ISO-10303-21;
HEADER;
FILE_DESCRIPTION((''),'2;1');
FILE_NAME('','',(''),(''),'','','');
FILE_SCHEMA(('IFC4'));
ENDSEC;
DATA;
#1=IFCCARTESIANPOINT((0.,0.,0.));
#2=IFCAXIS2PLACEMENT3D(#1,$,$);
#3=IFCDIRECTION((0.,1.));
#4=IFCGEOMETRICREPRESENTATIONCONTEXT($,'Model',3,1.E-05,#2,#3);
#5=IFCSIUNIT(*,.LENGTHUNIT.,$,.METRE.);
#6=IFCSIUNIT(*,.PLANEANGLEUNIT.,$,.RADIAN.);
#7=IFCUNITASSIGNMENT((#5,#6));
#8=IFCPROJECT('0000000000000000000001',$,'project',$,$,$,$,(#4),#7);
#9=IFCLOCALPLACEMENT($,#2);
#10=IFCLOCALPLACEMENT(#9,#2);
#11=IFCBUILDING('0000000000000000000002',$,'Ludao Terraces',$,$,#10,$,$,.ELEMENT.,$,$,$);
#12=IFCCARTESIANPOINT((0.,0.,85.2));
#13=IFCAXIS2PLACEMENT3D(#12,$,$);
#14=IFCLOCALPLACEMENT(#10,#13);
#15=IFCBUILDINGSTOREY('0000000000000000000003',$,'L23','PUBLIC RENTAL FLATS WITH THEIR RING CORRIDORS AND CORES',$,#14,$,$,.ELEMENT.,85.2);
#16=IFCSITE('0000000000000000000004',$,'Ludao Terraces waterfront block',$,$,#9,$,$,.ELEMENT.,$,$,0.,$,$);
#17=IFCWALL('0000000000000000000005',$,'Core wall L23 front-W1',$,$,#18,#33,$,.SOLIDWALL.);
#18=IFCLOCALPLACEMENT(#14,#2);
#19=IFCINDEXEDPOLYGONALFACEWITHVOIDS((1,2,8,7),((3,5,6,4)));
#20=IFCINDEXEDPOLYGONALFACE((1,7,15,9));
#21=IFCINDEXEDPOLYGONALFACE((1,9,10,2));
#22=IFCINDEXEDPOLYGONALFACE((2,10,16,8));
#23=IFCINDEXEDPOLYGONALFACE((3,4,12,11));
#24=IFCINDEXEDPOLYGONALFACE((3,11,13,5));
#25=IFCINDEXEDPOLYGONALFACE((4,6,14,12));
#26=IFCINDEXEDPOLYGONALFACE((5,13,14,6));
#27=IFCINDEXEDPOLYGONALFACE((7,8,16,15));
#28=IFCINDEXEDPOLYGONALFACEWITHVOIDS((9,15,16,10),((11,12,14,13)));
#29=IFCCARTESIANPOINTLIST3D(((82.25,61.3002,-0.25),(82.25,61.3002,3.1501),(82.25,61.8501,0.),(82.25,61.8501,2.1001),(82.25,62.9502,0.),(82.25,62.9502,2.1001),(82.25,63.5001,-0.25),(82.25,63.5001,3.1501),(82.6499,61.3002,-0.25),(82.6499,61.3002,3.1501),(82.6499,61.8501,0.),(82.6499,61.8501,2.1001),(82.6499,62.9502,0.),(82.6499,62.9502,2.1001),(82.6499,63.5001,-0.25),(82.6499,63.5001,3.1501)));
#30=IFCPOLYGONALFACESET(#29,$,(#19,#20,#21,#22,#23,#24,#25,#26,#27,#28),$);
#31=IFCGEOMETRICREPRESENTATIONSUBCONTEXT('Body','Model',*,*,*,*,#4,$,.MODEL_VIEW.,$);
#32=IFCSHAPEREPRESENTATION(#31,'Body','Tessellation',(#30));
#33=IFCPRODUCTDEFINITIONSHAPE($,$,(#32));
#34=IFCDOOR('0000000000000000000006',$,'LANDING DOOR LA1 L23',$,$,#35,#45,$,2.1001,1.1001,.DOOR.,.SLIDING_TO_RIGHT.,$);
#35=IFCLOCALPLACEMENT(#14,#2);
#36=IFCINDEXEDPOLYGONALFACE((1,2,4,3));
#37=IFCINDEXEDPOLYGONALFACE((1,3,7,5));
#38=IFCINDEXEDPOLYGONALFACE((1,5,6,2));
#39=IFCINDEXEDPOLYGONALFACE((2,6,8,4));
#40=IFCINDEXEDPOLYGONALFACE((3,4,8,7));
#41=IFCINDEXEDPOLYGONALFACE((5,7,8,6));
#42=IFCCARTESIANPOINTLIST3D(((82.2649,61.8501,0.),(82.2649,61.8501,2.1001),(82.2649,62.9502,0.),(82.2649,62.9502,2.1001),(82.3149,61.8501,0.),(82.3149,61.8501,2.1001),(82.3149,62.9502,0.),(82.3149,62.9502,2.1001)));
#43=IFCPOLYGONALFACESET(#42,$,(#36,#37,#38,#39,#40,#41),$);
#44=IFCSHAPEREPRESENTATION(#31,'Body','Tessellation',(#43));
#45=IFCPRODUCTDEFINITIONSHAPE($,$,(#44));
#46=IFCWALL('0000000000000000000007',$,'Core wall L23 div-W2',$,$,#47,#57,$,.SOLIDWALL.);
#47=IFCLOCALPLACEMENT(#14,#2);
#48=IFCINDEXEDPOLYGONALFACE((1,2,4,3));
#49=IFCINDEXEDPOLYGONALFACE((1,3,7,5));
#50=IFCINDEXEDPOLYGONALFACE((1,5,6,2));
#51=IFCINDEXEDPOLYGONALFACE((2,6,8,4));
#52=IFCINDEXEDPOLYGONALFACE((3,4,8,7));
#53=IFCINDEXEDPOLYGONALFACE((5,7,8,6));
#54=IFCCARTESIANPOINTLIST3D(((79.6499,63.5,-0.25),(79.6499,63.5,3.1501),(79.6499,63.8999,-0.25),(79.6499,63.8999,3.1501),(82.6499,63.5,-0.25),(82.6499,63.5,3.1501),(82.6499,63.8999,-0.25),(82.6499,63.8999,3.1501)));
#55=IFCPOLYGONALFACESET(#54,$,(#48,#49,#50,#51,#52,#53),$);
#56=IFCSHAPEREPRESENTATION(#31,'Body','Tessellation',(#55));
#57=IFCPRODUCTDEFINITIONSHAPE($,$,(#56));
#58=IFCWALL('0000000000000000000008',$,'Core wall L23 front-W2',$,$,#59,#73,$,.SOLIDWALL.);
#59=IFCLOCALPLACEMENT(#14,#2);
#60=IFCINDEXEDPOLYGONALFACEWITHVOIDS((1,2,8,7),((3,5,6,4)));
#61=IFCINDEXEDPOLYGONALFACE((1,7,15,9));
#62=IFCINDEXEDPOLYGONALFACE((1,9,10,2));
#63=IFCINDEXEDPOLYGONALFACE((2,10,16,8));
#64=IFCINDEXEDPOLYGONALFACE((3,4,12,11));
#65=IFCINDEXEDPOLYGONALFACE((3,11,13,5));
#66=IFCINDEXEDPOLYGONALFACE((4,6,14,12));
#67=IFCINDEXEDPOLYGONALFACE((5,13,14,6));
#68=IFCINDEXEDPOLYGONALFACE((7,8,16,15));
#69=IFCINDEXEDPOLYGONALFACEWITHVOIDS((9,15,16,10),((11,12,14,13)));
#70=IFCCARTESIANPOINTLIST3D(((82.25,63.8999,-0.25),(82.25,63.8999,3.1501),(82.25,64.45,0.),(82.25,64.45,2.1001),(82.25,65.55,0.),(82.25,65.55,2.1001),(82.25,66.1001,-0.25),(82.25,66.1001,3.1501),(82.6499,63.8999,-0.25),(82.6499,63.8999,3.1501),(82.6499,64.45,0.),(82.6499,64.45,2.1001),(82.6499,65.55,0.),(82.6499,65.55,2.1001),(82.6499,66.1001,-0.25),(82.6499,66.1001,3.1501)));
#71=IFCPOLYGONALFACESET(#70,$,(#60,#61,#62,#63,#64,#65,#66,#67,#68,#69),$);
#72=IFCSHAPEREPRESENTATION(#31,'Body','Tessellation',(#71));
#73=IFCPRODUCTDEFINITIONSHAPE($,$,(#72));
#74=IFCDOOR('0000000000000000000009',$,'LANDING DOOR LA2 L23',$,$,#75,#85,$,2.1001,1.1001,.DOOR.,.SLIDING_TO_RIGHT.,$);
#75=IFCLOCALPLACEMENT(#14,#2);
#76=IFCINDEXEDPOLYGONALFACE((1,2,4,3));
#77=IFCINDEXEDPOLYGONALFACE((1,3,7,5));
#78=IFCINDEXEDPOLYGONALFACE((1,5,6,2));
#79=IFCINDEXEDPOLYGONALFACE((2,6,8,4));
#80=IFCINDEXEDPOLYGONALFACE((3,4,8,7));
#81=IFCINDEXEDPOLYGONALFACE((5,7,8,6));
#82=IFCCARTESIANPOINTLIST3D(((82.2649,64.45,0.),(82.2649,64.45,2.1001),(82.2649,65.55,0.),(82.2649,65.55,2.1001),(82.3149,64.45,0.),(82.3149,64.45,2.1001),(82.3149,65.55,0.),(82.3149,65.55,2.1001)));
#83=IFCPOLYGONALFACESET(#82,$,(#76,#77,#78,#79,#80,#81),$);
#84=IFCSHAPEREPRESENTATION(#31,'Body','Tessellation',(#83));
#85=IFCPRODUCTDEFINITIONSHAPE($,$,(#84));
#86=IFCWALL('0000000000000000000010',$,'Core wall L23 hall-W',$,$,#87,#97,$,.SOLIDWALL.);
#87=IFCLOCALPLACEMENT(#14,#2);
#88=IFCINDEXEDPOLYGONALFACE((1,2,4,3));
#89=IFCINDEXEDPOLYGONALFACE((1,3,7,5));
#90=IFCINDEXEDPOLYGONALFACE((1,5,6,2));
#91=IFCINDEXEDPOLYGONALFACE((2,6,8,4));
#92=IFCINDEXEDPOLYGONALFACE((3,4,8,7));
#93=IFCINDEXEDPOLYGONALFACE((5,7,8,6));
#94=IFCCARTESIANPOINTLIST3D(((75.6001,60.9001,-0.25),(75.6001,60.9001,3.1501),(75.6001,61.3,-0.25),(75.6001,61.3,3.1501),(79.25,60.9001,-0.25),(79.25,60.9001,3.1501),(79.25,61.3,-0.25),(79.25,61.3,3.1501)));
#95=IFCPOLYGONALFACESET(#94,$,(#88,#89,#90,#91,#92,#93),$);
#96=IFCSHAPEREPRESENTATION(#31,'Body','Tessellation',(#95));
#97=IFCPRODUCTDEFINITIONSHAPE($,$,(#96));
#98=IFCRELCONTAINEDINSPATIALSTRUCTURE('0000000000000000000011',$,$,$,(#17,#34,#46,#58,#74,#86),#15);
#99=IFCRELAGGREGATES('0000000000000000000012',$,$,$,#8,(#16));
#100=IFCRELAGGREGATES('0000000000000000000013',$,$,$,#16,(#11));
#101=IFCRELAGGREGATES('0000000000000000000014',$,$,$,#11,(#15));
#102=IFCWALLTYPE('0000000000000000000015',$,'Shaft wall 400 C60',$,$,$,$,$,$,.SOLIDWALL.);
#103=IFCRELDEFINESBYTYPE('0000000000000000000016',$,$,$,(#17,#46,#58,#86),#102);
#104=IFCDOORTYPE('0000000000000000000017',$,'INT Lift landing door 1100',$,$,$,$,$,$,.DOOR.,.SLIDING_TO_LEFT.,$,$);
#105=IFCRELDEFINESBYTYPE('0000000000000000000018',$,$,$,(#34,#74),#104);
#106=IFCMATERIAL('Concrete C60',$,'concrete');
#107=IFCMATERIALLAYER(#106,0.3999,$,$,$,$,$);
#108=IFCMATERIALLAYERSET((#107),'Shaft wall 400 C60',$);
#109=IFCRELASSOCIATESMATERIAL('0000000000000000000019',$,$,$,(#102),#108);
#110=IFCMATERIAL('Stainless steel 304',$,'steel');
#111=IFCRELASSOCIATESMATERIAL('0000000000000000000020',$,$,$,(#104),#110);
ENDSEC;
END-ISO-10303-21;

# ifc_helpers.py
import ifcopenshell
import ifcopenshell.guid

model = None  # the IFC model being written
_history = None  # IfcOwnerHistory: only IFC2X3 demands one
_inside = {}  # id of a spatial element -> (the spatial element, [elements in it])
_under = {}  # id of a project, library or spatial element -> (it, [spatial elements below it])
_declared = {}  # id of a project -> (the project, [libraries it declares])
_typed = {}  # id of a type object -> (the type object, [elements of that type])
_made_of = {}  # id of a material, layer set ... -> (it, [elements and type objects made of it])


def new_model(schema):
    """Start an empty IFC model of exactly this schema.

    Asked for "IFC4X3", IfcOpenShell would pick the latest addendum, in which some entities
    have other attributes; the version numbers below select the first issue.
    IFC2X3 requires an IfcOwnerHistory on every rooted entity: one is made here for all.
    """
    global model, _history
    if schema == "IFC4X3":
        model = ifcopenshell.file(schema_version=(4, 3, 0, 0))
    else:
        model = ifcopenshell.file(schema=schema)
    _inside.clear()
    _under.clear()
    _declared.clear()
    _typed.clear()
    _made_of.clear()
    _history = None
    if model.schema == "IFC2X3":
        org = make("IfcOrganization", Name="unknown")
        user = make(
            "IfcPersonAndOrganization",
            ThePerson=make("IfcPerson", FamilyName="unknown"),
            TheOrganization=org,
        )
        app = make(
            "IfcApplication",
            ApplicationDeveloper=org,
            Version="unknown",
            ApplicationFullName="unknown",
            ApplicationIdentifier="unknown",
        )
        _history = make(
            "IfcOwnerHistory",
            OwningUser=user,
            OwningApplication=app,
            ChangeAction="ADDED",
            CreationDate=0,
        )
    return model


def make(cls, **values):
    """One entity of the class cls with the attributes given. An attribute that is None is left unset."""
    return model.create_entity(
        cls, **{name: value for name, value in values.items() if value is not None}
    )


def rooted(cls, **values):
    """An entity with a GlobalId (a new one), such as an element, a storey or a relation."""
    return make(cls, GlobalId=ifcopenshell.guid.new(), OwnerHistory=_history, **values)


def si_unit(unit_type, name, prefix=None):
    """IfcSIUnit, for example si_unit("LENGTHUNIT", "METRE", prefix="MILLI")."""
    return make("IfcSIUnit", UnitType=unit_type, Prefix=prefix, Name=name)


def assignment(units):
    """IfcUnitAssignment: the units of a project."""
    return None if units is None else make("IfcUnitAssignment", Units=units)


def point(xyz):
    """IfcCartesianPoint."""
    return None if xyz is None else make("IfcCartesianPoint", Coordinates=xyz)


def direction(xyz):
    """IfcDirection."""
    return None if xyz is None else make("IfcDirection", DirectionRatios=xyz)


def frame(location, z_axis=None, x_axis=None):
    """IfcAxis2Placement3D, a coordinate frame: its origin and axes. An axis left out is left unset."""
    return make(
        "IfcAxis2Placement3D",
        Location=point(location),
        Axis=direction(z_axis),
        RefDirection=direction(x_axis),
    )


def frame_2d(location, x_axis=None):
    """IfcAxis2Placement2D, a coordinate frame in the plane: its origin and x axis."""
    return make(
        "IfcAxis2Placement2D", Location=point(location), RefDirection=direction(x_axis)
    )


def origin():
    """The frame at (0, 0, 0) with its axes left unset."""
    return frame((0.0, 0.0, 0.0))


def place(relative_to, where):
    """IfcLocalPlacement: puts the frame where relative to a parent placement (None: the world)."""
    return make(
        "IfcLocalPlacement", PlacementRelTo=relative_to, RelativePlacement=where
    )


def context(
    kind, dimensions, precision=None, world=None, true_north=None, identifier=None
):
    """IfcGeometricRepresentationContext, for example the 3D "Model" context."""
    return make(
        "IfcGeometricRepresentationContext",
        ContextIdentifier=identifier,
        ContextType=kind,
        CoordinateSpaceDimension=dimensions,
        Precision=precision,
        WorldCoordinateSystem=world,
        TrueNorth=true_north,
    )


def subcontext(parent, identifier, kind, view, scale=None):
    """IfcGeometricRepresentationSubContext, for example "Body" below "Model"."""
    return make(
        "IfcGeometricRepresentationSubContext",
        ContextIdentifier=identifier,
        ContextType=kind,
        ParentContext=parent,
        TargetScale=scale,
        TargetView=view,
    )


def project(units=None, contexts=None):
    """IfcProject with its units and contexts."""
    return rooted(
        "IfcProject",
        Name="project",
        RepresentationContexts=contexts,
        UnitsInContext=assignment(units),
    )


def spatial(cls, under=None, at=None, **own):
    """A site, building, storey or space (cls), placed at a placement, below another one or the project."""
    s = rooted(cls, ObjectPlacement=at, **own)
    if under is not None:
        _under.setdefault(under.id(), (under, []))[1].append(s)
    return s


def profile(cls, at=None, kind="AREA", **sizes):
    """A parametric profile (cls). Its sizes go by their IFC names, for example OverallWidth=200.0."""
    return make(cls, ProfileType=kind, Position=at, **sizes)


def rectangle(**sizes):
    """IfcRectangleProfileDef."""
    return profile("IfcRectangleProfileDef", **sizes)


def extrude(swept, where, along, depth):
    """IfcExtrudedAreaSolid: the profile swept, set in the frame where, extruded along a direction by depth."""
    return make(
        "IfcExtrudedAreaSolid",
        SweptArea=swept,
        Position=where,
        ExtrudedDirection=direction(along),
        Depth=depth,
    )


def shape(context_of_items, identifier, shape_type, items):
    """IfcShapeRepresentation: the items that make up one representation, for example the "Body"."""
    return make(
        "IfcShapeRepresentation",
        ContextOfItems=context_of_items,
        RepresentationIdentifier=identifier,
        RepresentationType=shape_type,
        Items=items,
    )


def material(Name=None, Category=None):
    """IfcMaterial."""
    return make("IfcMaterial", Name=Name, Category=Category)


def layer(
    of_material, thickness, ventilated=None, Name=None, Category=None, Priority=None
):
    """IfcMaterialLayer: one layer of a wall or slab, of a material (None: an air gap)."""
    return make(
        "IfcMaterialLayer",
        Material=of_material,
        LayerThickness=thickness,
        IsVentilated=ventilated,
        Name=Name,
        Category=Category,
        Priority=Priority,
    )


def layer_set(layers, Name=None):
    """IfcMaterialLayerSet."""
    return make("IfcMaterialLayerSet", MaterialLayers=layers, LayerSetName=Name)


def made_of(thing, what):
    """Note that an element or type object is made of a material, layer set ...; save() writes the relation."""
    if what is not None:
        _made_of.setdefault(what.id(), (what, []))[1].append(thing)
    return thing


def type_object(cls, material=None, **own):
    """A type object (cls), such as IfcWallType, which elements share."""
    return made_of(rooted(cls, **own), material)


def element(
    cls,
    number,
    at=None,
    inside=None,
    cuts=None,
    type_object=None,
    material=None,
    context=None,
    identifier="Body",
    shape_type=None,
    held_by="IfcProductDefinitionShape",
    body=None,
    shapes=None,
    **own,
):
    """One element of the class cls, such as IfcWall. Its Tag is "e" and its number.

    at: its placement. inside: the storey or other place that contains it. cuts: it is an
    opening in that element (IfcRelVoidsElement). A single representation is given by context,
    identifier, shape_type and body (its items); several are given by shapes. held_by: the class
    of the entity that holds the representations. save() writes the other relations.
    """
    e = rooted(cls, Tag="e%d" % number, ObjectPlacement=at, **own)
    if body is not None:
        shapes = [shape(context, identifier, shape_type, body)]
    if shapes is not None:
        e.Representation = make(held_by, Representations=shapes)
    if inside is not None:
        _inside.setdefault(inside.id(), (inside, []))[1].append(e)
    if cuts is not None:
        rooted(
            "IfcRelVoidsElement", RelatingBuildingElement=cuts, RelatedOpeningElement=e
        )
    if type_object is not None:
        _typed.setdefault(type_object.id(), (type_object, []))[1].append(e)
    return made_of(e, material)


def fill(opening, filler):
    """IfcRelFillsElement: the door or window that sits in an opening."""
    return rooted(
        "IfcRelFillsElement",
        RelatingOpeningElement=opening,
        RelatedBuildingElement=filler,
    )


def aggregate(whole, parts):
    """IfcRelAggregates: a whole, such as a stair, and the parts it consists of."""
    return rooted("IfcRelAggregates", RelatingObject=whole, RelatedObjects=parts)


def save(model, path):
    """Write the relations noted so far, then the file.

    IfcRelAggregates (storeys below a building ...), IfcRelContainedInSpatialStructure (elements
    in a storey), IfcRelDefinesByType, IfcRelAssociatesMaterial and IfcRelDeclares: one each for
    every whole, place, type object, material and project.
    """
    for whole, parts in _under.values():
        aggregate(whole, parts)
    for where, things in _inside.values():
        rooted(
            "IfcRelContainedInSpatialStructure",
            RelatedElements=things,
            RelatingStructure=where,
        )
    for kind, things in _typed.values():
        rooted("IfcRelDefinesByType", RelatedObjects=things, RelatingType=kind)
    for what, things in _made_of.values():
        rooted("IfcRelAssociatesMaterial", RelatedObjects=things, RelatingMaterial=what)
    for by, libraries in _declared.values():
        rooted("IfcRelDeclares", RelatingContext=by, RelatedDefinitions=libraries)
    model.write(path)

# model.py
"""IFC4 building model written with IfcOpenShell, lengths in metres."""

from ifc_helpers import new_model, si_unit, direction, frame, frame_2d, origin, place, context, subcontext, project, spatial, rectangle, extrude, material, layer, layer_set, type_object, element, fill, save


model = new_model("IFC4")

# Units and contexts
model_context = context("Model", 3, precision=1e-05, world=origin(), true_north=direction((0.0, 1.0)))
body_context = subcontext(model_context, "Body", "Model", "MODEL_VIEW")
ifc_project = project(units=[si_unit("LENGTHUNIT", "METRE"), si_unit("PLANEANGLEUNIT", "RADIAN")], contexts=[model_context])

# Site, building, storey
site_placement = place(None, origin())
site = spatial("IfcSite", under=ifc_project, at=site_placement, Name="Ludao Terraces waterfront block", CompositionType="ELEMENT", RefElevation=0.0)
building_placement = place(site_placement, origin())
building = spatial("IfcBuilding", under=site, at=building_placement, Name="Ludao Terraces", CompositionType="ELEMENT")
storey_placement = place(building_placement, frame((0.0, 0.0, 85.2)))
storey = spatial("IfcBuildingStorey", under=building, at=storey_placement, Name="L23", Description="PUBLIC RENTAL FLATS WITH THEIR RING CORRIDORS AND CORES", CompositionType="ELEMENT", Elevation=85.2)

# Shared definitions
ifc_material_1 = material(Name="Concrete C60", Category="concrete")
ifc_layer_1 = layer(ifc_material_1, 0.3999)
ifc_layer_set_1 = layer_set([ifc_layer_1], Name="Shaft wall 400 C60")
wall_type_1 = type_object("IfcWallType", Name="Shaft wall 400 C60", PredefinedType="SOLIDWALL", material=ifc_layer_set_1)

# Wall, opening, door
wall_1_placement = place(storey_placement, frame((82.45, 61.3, -0.25), z_axis=(0.0, 0.0, 1.0), x_axis=(0.0, 1.0, 0.0)))
wall_1 = element("IfcWall", 1, at=wall_1_placement, inside=storey, type_object=wall_type_1, Name="Core wall L23 front-W1", PredefinedType="SOLIDWALL", context=body_context, shape_type="SweptSolid", body=[
    extrude(rectangle(XDim=2.2, YDim=0.3999, at=frame_2d((1.1001, 0.0))), origin(), (0.0, 0.0, 1.0), 3.4001),
])
opening_1_placement = place(wall_1_placement, frame((0.55, 0.0, 0.25)))
opening_1 = element("IfcOpeningElement", 2, at=opening_1_placement, cuts=wall_1, PredefinedType="OPENING", context=body_context, shape_type="SweptSolid", body=[
    extrude(rectangle(XDim=1.1001, YDim=2.1001, at=frame_2d((0.55, 1.05))), frame((0.0, 0.21, 0.0), z_axis=(0.0, -1.0, 0.0), x_axis=(1.0, 0.0, 0.0)), (0.0, 0.0, 1.0), 0.4199),
])
ifc_material_2 = material(Name="Stainless steel 304", Category="steel")
door_type_1 = type_object("IfcDoorType", Name="INT Lift landing door 1100", OperationType="SLIDING_TO_LEFT", PredefinedType="DOOR", material=ifc_material_2)
door_1_placement = place(opening_1_placement, origin())
door_1 = element("IfcDoor", 3, at=door_1_placement, inside=storey, type_object=door_type_1, Name="LANDING DOOR LA1 L23", OperationType="SLIDING_TO_RIGHT", OverallHeight=2.1001, OverallWidth=1.1001, PredefinedType="DOOR", context=body_context, shape_type="SweptSolid", body=[
    extrude(rectangle(XDim=1.1001, YDim=2.1001, at=frame_2d((0.55, 1.05))), frame((0.0, 0.1851, 0.0), z_axis=(0.0, -1.0, 0.0), x_axis=(1.0, 0.0, 0.0)), (0.0, 0.0, 1.0), 0.05),
])
fill(opening_1, door_1)

# Wall
wall_2_placement = place(storey_placement, frame((79.6499, 63.7, -0.25), z_axis=(0.0, 0.0, 1.0), x_axis=(1.0, 0.0, 0.0)))
element("IfcWall", 4, at=wall_2_placement, inside=storey, type_object=wall_type_1, Name="Core wall L23 div-W2", PredefinedType="SOLIDWALL", context=body_context, shape_type="SweptSolid", body=[
    extrude(rectangle(XDim=3.0, YDim=0.3999, at=frame_2d((1.5, 0.0))), origin(), (0.0, 0.0, 1.0), 3.4001),
])

# Wall, opening, door
wall_3_placement = place(storey_placement, frame((82.45, 63.8999, -0.25), z_axis=(0.0, 0.0, 1.0), x_axis=(0.0, 1.0, 0.0)))
wall_3 = element("IfcWall", 5, at=wall_3_placement, inside=storey, type_object=wall_type_1, Name="Core wall L23 front-W2", PredefinedType="SOLIDWALL", context=body_context, shape_type="SweptSolid", body=[
    extrude(rectangle(XDim=2.2002, YDim=0.3999, at=frame_2d((1.1001, 0.0))), origin(), (0.0, 0.0, 1.0), 3.4001),
])
opening_2_placement = place(wall_3_placement, frame((0.55, 0.0, 0.25)))
opening_2 = element("IfcOpeningElement", 6, at=opening_2_placement, cuts=wall_3, PredefinedType="OPENING", context=body_context, shape_type="SweptSolid", body=[
    extrude(rectangle(XDim=1.1001, YDim=2.1001, at=frame_2d((0.55, 1.05))), frame((0.0, 0.21, 0.0), z_axis=(0.0, -1.0, 0.0), x_axis=(1.0, 0.0, 0.0)), (0.0, 0.0, 1.0), 0.4199),
])
door_2_placement = place(opening_2_placement, origin())
door_2 = element("IfcDoor", 7, at=door_2_placement, inside=storey, type_object=door_type_1, Name="LANDING DOOR LA2 L23", OperationType="SLIDING_TO_RIGHT", OverallHeight=2.1001, OverallWidth=1.1001, PredefinedType="DOOR", context=body_context, shape_type="SweptSolid", body=[
    extrude(rectangle(XDim=1.1001, YDim=2.1001, at=frame_2d((0.55, 1.05))), frame((0.0, 0.1851, 0.0), z_axis=(0.0, -1.0, 0.0), x_axis=(1.0, 0.0, 0.0)), (0.0, 0.0, 1.0), 0.05),
])
fill(opening_2, door_2)

# Wall
wall_4_placement = place(storey_placement, frame((75.6001, 61.1001, -0.25), z_axis=(0.0, 0.0, 1.0), x_axis=(1.0, 0.0, 0.0)))
element("IfcWall", 8, at=wall_4_placement, inside=storey, type_object=wall_type_1, Name="Core wall L23 hall-W", PredefinedType="SOLIDWALL", context=body_context, shape_type="SweptSolid", body=[
    extrude(rectangle(XDim=3.6499, YDim=0.3999, at=frame_2d((1.825, 0.0))), origin(), (0.0, 0.0, 1.0), 3.4001),
])

save(model, "model.ifc")
